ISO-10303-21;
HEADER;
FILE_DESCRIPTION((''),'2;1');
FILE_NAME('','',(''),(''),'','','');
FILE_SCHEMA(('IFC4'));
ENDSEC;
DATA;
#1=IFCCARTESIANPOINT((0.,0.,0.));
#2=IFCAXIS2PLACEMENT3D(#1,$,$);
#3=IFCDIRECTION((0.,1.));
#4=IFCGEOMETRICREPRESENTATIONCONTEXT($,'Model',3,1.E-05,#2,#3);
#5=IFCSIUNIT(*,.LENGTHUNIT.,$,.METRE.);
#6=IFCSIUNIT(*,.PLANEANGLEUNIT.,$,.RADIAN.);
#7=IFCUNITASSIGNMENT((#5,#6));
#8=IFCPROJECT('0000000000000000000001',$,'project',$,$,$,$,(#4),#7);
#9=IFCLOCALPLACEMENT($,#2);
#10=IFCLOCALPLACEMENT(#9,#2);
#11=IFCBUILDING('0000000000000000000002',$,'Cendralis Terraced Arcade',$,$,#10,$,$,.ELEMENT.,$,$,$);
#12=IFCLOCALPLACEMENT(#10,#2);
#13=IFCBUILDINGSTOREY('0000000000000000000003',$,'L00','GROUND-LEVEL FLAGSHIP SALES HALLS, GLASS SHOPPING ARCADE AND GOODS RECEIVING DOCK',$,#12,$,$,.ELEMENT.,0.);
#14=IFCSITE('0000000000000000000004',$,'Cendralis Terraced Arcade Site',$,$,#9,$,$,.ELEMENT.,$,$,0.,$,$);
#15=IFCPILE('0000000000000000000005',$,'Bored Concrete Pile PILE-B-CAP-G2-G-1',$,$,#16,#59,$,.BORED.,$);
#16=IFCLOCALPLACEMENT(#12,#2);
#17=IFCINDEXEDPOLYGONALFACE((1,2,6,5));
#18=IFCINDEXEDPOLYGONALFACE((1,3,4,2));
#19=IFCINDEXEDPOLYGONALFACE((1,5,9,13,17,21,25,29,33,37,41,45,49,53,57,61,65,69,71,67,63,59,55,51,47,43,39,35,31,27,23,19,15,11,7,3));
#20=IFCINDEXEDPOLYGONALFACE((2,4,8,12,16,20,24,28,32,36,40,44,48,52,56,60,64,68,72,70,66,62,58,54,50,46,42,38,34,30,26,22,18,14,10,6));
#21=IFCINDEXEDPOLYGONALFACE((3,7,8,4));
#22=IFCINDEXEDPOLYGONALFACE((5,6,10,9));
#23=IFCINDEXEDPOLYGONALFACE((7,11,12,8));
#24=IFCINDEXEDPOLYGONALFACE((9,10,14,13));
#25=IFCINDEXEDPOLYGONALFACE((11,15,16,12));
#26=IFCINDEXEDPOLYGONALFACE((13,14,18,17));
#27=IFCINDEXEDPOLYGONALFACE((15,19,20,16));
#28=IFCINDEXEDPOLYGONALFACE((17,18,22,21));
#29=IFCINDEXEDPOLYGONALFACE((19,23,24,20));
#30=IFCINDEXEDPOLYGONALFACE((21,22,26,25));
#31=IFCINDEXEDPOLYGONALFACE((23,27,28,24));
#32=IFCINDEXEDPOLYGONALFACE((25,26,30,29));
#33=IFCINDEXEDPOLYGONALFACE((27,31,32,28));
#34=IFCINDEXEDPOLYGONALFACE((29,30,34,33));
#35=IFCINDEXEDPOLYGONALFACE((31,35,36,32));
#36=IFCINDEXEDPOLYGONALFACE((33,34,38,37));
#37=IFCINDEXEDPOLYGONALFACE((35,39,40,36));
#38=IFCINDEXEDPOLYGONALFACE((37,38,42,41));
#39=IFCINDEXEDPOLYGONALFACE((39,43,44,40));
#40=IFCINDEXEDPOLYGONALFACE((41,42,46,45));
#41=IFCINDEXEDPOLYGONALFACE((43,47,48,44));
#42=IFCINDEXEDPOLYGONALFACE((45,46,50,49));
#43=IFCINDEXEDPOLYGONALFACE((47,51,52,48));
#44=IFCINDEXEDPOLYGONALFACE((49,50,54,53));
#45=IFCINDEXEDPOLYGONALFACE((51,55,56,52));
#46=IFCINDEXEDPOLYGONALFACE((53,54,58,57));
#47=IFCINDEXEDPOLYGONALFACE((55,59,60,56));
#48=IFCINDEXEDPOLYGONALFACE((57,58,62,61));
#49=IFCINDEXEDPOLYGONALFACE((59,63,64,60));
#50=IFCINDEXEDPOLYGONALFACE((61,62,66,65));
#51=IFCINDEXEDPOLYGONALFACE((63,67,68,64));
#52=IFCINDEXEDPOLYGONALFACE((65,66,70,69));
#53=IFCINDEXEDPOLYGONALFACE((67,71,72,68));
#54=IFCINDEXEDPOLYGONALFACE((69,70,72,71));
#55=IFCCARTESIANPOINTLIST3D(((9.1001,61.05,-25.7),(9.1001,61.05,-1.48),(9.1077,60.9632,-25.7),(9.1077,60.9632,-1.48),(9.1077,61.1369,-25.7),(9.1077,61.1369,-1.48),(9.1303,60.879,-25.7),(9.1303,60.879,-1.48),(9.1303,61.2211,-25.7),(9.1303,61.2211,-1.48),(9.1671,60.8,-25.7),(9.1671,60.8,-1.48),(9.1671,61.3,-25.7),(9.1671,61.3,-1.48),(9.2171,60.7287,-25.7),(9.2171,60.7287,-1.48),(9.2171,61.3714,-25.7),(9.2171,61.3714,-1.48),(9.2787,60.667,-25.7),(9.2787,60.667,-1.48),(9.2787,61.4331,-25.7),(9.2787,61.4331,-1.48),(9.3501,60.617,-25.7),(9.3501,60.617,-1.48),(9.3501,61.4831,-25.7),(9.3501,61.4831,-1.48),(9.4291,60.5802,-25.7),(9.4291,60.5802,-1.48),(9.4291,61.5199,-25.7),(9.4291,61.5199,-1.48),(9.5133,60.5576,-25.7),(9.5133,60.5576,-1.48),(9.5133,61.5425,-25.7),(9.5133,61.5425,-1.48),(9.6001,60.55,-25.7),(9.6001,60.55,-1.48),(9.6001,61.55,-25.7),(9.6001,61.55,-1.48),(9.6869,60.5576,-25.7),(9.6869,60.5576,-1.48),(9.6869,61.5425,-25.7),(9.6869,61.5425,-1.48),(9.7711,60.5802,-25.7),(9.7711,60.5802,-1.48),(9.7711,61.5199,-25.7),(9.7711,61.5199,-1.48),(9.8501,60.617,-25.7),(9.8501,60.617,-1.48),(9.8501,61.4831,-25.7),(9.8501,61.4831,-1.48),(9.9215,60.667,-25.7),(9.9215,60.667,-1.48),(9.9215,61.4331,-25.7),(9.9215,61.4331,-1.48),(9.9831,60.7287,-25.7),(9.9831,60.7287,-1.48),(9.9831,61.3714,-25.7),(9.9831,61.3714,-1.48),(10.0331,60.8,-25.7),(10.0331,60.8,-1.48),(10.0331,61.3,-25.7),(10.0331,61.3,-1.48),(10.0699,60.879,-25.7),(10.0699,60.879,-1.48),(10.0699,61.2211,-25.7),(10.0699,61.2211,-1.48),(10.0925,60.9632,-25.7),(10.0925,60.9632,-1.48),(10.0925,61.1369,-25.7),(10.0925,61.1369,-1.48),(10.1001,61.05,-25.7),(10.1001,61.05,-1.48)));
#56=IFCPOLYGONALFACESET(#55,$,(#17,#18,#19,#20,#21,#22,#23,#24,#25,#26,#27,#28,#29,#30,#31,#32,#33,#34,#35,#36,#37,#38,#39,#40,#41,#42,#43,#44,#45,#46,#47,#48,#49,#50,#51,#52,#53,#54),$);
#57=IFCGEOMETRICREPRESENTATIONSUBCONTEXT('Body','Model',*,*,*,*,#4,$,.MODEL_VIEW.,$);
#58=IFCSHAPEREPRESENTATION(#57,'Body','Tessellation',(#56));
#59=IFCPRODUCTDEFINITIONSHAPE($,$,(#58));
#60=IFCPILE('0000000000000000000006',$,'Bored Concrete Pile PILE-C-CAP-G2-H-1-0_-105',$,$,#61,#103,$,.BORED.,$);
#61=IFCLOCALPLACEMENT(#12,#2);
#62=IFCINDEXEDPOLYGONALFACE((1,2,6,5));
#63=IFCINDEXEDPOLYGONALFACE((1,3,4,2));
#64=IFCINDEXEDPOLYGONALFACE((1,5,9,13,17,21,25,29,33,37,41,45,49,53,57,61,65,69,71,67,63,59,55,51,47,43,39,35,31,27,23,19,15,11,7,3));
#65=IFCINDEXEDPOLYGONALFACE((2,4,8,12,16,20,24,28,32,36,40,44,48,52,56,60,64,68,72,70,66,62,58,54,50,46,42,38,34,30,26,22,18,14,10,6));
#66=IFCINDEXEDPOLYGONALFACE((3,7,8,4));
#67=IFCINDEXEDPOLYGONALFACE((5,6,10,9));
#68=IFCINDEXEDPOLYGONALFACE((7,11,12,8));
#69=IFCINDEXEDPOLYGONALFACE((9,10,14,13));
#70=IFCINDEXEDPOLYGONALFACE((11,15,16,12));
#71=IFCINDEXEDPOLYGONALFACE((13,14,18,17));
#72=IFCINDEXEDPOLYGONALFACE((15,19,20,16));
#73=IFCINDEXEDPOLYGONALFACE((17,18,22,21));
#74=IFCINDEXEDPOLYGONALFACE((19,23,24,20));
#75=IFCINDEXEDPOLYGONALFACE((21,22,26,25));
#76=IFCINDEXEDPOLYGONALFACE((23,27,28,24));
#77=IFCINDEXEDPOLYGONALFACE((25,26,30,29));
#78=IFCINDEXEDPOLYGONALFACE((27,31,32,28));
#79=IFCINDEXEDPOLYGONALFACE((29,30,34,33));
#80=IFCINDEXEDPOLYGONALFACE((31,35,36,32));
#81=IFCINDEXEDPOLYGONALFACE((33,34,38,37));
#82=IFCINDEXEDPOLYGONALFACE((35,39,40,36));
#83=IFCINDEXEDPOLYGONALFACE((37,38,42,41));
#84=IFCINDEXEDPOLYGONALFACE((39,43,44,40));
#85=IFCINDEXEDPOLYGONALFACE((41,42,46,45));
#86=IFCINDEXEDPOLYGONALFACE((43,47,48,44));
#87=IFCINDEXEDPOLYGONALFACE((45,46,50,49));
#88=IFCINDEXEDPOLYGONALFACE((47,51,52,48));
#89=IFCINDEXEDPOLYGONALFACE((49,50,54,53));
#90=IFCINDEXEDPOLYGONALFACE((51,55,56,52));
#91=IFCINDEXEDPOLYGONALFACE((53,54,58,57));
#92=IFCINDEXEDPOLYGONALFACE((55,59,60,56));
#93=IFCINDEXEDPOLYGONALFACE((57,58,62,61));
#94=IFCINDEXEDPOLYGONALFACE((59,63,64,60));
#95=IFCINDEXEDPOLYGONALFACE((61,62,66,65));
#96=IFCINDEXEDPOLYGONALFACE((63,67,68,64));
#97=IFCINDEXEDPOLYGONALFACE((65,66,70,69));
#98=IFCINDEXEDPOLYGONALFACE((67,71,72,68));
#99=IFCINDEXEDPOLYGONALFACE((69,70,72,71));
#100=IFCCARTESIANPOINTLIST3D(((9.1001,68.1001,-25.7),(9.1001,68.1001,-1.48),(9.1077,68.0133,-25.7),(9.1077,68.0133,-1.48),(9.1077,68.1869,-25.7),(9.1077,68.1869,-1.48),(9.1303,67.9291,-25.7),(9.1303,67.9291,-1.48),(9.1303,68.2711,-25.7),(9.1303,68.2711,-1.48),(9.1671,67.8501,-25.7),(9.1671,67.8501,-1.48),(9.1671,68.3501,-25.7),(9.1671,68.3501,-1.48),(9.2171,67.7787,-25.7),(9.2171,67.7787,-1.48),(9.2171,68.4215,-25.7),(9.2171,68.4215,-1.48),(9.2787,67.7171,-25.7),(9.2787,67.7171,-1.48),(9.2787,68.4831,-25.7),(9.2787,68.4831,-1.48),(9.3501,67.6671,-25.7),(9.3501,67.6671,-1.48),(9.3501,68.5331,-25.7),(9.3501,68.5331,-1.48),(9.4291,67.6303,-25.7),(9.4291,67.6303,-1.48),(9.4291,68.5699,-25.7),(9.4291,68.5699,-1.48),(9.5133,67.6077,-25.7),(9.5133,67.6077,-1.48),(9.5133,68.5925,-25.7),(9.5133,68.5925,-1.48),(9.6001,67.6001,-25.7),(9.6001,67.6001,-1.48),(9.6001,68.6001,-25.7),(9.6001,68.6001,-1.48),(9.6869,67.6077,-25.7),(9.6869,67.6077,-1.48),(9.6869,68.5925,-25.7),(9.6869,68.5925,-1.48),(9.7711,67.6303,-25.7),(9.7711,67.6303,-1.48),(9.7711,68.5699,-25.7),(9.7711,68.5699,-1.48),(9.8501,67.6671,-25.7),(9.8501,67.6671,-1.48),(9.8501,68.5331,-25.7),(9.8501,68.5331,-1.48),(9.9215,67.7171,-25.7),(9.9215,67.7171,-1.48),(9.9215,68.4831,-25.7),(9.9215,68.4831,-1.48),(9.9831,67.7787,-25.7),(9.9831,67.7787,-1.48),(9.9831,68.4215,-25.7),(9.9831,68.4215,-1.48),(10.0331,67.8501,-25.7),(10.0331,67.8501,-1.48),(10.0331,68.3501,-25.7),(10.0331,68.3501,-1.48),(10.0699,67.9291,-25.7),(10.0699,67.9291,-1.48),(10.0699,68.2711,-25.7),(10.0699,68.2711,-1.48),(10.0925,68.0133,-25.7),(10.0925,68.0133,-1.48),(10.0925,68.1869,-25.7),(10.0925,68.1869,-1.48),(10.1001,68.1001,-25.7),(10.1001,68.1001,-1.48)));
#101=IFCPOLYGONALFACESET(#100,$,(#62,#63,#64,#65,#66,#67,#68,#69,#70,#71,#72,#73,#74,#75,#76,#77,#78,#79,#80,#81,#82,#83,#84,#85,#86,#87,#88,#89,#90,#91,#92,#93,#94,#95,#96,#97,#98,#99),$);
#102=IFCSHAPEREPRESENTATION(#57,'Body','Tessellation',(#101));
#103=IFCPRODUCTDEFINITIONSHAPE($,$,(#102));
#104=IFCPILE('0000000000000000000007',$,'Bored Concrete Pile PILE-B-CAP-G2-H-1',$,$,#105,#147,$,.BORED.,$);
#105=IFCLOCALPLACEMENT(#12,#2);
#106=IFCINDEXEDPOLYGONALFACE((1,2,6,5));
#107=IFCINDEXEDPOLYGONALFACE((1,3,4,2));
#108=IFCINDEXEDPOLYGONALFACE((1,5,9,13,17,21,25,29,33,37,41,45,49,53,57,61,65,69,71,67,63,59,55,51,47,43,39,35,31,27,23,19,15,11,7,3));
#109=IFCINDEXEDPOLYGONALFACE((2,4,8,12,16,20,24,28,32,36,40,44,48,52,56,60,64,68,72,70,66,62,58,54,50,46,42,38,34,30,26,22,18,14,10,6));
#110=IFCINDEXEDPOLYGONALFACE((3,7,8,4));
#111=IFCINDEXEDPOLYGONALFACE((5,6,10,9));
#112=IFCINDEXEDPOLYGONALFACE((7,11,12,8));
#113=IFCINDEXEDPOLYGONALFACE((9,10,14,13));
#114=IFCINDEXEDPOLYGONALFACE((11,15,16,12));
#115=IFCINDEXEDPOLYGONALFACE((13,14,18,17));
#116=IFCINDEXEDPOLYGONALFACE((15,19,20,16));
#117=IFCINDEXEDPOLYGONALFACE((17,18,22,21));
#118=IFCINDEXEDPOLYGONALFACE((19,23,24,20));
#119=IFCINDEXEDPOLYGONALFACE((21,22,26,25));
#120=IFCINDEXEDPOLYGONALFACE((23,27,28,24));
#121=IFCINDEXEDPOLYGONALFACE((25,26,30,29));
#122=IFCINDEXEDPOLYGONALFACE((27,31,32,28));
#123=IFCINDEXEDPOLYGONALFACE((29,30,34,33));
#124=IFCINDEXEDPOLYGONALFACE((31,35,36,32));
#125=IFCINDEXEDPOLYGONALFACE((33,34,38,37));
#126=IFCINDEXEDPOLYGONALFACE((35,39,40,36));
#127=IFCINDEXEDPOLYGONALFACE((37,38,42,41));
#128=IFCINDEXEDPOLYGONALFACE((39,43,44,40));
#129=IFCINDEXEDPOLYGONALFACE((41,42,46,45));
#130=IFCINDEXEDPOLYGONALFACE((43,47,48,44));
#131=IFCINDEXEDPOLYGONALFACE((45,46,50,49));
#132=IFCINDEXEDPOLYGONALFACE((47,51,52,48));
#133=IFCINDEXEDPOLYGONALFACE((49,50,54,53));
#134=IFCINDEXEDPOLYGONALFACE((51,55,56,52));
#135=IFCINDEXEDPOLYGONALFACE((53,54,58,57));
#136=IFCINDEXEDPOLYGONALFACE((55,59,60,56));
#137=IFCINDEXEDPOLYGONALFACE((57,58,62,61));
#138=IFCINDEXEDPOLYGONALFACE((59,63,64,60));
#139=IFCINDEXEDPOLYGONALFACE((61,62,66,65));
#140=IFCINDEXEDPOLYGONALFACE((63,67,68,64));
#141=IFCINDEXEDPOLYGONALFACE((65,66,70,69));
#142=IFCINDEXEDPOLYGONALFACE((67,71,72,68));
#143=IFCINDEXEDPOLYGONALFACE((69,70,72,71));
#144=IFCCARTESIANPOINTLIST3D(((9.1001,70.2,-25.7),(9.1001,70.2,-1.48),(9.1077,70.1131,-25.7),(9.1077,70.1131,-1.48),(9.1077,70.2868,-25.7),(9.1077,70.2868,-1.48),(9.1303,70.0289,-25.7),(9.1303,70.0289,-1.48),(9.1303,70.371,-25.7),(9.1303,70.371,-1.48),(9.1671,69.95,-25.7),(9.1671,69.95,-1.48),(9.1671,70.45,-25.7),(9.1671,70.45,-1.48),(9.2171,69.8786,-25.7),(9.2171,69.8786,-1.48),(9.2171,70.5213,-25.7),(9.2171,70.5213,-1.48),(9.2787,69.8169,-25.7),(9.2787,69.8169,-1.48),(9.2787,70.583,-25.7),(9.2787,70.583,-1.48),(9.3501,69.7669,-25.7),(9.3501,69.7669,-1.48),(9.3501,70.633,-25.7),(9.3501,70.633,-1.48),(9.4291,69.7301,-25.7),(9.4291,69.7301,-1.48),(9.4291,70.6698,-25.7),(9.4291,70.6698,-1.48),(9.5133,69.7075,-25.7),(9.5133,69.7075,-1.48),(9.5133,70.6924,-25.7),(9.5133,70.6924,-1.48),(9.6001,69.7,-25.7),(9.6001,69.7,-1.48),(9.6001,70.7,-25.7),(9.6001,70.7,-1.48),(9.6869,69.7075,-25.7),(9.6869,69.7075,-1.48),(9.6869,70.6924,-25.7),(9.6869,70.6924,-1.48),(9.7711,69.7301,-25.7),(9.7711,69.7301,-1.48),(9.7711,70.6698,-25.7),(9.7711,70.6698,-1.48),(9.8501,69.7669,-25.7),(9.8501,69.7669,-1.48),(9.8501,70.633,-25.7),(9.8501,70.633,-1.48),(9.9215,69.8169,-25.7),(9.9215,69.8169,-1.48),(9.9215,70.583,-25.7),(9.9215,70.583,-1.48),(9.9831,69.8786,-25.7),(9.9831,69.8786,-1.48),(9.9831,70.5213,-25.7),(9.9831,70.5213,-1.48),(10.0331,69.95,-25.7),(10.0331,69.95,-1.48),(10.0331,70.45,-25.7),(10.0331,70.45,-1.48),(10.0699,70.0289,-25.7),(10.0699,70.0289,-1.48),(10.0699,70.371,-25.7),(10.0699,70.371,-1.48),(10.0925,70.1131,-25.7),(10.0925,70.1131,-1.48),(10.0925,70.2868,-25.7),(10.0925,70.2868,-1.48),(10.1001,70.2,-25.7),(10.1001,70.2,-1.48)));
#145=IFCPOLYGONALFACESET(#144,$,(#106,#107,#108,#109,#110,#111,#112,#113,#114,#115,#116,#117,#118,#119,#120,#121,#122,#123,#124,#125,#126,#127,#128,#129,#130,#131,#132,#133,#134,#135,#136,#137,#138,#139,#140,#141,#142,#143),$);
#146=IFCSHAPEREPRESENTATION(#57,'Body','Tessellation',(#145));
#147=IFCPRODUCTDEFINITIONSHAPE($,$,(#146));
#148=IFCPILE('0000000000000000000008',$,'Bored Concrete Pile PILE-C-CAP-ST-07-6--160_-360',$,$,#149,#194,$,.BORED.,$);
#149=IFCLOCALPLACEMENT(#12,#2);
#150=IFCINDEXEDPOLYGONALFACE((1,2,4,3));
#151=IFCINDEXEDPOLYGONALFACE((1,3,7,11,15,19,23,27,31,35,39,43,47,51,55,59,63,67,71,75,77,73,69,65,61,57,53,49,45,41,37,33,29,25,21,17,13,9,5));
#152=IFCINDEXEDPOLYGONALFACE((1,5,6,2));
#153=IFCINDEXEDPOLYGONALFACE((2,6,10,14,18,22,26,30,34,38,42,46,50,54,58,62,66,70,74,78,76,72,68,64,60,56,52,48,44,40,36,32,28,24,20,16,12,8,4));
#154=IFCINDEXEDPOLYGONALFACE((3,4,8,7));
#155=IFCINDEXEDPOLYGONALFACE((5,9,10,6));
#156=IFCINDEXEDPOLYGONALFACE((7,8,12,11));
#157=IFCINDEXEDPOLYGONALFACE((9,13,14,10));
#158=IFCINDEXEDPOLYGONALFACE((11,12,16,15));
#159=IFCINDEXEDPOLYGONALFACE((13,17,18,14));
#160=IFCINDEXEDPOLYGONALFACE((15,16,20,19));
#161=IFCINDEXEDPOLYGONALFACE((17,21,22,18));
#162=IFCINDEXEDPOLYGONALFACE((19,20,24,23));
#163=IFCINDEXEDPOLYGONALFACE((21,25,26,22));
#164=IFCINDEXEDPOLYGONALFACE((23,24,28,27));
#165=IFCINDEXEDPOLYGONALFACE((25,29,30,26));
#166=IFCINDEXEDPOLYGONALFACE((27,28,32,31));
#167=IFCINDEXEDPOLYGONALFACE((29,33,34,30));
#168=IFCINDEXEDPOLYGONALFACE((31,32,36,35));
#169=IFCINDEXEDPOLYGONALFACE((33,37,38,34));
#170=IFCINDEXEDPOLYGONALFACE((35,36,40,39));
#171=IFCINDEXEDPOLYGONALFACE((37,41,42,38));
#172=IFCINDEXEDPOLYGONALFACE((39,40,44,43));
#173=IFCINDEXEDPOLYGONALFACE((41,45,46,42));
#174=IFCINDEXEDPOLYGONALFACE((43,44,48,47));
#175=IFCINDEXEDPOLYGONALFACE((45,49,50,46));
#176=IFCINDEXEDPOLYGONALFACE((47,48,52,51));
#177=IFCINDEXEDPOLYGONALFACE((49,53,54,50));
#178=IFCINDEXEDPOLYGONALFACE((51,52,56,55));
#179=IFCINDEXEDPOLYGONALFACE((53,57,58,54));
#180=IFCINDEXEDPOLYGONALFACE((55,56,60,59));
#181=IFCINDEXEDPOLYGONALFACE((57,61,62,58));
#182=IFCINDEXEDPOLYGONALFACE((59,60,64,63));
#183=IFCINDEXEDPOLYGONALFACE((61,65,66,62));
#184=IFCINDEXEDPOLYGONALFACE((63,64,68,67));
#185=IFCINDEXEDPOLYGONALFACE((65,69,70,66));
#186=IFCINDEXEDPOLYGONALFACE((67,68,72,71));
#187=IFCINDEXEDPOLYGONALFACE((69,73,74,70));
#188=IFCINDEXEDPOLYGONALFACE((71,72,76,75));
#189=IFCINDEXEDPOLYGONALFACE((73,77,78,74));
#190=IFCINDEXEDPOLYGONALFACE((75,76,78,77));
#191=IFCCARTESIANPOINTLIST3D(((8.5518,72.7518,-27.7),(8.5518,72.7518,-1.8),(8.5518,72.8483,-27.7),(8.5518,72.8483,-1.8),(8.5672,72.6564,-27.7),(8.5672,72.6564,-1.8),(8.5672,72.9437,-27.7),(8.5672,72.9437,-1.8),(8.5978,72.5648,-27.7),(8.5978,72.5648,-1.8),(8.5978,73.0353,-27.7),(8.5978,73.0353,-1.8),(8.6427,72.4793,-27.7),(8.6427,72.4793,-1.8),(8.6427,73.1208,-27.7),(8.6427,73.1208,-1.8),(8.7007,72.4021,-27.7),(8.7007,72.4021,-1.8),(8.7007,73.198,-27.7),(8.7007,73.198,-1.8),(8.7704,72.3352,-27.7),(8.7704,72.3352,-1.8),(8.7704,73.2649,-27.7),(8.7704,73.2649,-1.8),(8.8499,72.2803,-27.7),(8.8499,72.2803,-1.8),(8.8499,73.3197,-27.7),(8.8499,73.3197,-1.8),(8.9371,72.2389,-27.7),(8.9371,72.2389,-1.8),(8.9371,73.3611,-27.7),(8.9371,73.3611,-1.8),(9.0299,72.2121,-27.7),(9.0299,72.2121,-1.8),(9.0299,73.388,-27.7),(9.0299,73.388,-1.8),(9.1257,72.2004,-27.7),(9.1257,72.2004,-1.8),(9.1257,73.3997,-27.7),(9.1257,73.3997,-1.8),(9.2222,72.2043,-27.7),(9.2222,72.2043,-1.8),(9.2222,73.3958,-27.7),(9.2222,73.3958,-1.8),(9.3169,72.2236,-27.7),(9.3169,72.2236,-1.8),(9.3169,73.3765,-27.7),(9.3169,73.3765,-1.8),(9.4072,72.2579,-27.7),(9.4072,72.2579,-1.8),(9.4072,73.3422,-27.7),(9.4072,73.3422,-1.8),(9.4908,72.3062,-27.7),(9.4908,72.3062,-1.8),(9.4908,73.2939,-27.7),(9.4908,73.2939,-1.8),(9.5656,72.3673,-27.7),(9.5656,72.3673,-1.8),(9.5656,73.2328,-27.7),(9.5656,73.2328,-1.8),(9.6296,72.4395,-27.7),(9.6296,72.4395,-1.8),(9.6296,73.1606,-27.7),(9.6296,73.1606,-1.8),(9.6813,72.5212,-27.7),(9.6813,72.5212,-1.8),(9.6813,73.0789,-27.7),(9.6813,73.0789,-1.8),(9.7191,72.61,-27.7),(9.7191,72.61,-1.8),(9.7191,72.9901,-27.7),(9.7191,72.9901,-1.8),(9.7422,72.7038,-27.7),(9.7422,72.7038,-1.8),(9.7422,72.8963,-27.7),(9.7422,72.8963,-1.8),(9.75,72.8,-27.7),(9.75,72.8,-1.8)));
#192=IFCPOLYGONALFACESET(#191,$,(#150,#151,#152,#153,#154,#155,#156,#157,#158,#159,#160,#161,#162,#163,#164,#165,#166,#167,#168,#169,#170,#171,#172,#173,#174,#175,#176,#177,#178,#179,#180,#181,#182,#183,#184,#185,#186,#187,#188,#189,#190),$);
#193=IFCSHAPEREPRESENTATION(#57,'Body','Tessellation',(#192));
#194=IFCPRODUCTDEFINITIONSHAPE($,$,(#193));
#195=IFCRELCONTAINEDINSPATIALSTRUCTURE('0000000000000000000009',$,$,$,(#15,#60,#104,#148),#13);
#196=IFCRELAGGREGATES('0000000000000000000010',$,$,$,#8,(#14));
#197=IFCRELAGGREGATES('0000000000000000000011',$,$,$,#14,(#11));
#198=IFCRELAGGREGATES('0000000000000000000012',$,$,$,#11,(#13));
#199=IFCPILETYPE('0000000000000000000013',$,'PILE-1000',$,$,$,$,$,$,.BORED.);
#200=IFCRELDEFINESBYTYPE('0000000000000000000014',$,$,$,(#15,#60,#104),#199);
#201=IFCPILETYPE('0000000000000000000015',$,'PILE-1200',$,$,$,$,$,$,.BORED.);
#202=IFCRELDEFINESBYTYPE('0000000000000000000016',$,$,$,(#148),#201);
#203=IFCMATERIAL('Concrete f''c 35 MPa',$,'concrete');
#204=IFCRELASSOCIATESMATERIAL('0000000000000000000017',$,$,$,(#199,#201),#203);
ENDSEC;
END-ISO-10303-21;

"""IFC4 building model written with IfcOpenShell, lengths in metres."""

from ifc_helpers import new_model, si_unit, direction, frame, origin, origin_2d, place, context, subcontext, project, spatial, circle, extrude, material, material_profile, profile_set, type_object, element, save


model = new_model("IFC4")

# Units and contexts
model_context = context("Model", 3, precision=1e-05, world=origin(), true_north=direction((0.0, 1.0)))
body_context = subcontext(model_context, "Body", "Model", "MODEL_VIEW")
ifc_project = project(units=[si_unit("LENGTHUNIT", "METRE"), si_unit("PLANEANGLEUNIT", "RADIAN")], contexts=[model_context])

# Site, building, storey
site_placement = place(None, origin())
site = spatial("IfcSite", under=ifc_project, at=site_placement, Name="Cendralis Terraced Arcade Site", CompositionType="ELEMENT", RefElevation=0.0)
building_placement = place(site_placement, origin())
building = spatial("IfcBuilding", under=site, at=building_placement, Name="Cendralis Terraced Arcade", CompositionType="ELEMENT")
storey_placement = place(building_placement, origin())
storey = spatial("IfcBuildingStorey", under=building, at=storey_placement, Name="L00", Description="GROUND-LEVEL FLAGSHIP SALES HALLS, GLASS SHOPPING ARCADE AND GOODS RECEIVING DOCK", CompositionType="ELEMENT", Elevation=0.0)

# Shared definitions
ifc_material_1 = material(Name="Concrete f'c 35 MPa", Category="concrete")

# Piles
ifc_material_profile_1 = material_profile(ifc_material_1, circle(Radius=0.5, at=origin_2d()), Name="PILE-D1000", Category="LoadBearing")
ifc_profile_set_1 = profile_set([ifc_material_profile_1], Name="Concrete f'c 35 MPa")
pile_type_1 = type_object("IfcPileType", Name="PILE-1000", PredefinedType="BORED", material=ifc_profile_set_1)
for number, where, z_axis, x_axis, name in (
    (1, (9.6001, 61.05, -1.48), (0.0, 0.0, -1.0), (1.0, 0.0, 0.0), "Bored Concrete Pile PILE-B-CAP-G2-G-1"),
    (2, (9.6001, 68.1001, -1.48), (0.0, 0.0, -1.0), (1.0, 0.0, 0.0), "Bored Concrete Pile PILE-C-CAP-G2-H-1-0_-105"),
    (3, (9.6001, 70.2, -1.48), (0.0, 0.0, -1.0), (1.0, 0.0, 0.0), "Bored Concrete Pile PILE-B-CAP-G2-H-1"),
):
    element("IfcPile", number, at=place(storey_placement, frame(where, z_axis=z_axis, x_axis=x_axis)), inside=storey, type_object=pile_type_1, Name=name, PredefinedType="BORED", context=body_context, shape_type="SweptSolid", body=[
        extrude(circle(Radius=0.5, at=origin_2d()), origin(), (0.0, 0.0, 1.0), 24.22),
    ])
ifc_material_profile_2 = material_profile(ifc_material_1, circle(Radius=0.6001, at=origin_2d()), Name="PILE-D1200", Category="LoadBearing")
ifc_profile_set_2 = profile_set([ifc_material_profile_2], Name="Concrete f'c 35 MPa")
pile_type_2 = type_object("IfcPileType", Name="PILE-1200", PredefinedType="BORED", material=ifc_profile_set_2)
for number, where, z_axis, x_axis, name in (
    (4, (9.1499, 72.8, -1.8), (0.0, 0.0, -1.0), (1.0, 0.0, 0.0), "Bored Concrete Pile PILE-C-CAP-ST-07-6--160_-360"),
):
    element("IfcPile", number, at=place(storey_placement, frame(where, z_axis=z_axis, x_axis=x_axis)), inside=storey, type_object=pile_type_2, Name=name, PredefinedType="BORED", context=body_context, shape_type="SweptSolid", body=[
        extrude(circle(Radius=0.6001, at=origin_2d()), origin(), (0.0, 0.0, 1.0), 25.8999),
    ])

save(model, "model.ifc")
